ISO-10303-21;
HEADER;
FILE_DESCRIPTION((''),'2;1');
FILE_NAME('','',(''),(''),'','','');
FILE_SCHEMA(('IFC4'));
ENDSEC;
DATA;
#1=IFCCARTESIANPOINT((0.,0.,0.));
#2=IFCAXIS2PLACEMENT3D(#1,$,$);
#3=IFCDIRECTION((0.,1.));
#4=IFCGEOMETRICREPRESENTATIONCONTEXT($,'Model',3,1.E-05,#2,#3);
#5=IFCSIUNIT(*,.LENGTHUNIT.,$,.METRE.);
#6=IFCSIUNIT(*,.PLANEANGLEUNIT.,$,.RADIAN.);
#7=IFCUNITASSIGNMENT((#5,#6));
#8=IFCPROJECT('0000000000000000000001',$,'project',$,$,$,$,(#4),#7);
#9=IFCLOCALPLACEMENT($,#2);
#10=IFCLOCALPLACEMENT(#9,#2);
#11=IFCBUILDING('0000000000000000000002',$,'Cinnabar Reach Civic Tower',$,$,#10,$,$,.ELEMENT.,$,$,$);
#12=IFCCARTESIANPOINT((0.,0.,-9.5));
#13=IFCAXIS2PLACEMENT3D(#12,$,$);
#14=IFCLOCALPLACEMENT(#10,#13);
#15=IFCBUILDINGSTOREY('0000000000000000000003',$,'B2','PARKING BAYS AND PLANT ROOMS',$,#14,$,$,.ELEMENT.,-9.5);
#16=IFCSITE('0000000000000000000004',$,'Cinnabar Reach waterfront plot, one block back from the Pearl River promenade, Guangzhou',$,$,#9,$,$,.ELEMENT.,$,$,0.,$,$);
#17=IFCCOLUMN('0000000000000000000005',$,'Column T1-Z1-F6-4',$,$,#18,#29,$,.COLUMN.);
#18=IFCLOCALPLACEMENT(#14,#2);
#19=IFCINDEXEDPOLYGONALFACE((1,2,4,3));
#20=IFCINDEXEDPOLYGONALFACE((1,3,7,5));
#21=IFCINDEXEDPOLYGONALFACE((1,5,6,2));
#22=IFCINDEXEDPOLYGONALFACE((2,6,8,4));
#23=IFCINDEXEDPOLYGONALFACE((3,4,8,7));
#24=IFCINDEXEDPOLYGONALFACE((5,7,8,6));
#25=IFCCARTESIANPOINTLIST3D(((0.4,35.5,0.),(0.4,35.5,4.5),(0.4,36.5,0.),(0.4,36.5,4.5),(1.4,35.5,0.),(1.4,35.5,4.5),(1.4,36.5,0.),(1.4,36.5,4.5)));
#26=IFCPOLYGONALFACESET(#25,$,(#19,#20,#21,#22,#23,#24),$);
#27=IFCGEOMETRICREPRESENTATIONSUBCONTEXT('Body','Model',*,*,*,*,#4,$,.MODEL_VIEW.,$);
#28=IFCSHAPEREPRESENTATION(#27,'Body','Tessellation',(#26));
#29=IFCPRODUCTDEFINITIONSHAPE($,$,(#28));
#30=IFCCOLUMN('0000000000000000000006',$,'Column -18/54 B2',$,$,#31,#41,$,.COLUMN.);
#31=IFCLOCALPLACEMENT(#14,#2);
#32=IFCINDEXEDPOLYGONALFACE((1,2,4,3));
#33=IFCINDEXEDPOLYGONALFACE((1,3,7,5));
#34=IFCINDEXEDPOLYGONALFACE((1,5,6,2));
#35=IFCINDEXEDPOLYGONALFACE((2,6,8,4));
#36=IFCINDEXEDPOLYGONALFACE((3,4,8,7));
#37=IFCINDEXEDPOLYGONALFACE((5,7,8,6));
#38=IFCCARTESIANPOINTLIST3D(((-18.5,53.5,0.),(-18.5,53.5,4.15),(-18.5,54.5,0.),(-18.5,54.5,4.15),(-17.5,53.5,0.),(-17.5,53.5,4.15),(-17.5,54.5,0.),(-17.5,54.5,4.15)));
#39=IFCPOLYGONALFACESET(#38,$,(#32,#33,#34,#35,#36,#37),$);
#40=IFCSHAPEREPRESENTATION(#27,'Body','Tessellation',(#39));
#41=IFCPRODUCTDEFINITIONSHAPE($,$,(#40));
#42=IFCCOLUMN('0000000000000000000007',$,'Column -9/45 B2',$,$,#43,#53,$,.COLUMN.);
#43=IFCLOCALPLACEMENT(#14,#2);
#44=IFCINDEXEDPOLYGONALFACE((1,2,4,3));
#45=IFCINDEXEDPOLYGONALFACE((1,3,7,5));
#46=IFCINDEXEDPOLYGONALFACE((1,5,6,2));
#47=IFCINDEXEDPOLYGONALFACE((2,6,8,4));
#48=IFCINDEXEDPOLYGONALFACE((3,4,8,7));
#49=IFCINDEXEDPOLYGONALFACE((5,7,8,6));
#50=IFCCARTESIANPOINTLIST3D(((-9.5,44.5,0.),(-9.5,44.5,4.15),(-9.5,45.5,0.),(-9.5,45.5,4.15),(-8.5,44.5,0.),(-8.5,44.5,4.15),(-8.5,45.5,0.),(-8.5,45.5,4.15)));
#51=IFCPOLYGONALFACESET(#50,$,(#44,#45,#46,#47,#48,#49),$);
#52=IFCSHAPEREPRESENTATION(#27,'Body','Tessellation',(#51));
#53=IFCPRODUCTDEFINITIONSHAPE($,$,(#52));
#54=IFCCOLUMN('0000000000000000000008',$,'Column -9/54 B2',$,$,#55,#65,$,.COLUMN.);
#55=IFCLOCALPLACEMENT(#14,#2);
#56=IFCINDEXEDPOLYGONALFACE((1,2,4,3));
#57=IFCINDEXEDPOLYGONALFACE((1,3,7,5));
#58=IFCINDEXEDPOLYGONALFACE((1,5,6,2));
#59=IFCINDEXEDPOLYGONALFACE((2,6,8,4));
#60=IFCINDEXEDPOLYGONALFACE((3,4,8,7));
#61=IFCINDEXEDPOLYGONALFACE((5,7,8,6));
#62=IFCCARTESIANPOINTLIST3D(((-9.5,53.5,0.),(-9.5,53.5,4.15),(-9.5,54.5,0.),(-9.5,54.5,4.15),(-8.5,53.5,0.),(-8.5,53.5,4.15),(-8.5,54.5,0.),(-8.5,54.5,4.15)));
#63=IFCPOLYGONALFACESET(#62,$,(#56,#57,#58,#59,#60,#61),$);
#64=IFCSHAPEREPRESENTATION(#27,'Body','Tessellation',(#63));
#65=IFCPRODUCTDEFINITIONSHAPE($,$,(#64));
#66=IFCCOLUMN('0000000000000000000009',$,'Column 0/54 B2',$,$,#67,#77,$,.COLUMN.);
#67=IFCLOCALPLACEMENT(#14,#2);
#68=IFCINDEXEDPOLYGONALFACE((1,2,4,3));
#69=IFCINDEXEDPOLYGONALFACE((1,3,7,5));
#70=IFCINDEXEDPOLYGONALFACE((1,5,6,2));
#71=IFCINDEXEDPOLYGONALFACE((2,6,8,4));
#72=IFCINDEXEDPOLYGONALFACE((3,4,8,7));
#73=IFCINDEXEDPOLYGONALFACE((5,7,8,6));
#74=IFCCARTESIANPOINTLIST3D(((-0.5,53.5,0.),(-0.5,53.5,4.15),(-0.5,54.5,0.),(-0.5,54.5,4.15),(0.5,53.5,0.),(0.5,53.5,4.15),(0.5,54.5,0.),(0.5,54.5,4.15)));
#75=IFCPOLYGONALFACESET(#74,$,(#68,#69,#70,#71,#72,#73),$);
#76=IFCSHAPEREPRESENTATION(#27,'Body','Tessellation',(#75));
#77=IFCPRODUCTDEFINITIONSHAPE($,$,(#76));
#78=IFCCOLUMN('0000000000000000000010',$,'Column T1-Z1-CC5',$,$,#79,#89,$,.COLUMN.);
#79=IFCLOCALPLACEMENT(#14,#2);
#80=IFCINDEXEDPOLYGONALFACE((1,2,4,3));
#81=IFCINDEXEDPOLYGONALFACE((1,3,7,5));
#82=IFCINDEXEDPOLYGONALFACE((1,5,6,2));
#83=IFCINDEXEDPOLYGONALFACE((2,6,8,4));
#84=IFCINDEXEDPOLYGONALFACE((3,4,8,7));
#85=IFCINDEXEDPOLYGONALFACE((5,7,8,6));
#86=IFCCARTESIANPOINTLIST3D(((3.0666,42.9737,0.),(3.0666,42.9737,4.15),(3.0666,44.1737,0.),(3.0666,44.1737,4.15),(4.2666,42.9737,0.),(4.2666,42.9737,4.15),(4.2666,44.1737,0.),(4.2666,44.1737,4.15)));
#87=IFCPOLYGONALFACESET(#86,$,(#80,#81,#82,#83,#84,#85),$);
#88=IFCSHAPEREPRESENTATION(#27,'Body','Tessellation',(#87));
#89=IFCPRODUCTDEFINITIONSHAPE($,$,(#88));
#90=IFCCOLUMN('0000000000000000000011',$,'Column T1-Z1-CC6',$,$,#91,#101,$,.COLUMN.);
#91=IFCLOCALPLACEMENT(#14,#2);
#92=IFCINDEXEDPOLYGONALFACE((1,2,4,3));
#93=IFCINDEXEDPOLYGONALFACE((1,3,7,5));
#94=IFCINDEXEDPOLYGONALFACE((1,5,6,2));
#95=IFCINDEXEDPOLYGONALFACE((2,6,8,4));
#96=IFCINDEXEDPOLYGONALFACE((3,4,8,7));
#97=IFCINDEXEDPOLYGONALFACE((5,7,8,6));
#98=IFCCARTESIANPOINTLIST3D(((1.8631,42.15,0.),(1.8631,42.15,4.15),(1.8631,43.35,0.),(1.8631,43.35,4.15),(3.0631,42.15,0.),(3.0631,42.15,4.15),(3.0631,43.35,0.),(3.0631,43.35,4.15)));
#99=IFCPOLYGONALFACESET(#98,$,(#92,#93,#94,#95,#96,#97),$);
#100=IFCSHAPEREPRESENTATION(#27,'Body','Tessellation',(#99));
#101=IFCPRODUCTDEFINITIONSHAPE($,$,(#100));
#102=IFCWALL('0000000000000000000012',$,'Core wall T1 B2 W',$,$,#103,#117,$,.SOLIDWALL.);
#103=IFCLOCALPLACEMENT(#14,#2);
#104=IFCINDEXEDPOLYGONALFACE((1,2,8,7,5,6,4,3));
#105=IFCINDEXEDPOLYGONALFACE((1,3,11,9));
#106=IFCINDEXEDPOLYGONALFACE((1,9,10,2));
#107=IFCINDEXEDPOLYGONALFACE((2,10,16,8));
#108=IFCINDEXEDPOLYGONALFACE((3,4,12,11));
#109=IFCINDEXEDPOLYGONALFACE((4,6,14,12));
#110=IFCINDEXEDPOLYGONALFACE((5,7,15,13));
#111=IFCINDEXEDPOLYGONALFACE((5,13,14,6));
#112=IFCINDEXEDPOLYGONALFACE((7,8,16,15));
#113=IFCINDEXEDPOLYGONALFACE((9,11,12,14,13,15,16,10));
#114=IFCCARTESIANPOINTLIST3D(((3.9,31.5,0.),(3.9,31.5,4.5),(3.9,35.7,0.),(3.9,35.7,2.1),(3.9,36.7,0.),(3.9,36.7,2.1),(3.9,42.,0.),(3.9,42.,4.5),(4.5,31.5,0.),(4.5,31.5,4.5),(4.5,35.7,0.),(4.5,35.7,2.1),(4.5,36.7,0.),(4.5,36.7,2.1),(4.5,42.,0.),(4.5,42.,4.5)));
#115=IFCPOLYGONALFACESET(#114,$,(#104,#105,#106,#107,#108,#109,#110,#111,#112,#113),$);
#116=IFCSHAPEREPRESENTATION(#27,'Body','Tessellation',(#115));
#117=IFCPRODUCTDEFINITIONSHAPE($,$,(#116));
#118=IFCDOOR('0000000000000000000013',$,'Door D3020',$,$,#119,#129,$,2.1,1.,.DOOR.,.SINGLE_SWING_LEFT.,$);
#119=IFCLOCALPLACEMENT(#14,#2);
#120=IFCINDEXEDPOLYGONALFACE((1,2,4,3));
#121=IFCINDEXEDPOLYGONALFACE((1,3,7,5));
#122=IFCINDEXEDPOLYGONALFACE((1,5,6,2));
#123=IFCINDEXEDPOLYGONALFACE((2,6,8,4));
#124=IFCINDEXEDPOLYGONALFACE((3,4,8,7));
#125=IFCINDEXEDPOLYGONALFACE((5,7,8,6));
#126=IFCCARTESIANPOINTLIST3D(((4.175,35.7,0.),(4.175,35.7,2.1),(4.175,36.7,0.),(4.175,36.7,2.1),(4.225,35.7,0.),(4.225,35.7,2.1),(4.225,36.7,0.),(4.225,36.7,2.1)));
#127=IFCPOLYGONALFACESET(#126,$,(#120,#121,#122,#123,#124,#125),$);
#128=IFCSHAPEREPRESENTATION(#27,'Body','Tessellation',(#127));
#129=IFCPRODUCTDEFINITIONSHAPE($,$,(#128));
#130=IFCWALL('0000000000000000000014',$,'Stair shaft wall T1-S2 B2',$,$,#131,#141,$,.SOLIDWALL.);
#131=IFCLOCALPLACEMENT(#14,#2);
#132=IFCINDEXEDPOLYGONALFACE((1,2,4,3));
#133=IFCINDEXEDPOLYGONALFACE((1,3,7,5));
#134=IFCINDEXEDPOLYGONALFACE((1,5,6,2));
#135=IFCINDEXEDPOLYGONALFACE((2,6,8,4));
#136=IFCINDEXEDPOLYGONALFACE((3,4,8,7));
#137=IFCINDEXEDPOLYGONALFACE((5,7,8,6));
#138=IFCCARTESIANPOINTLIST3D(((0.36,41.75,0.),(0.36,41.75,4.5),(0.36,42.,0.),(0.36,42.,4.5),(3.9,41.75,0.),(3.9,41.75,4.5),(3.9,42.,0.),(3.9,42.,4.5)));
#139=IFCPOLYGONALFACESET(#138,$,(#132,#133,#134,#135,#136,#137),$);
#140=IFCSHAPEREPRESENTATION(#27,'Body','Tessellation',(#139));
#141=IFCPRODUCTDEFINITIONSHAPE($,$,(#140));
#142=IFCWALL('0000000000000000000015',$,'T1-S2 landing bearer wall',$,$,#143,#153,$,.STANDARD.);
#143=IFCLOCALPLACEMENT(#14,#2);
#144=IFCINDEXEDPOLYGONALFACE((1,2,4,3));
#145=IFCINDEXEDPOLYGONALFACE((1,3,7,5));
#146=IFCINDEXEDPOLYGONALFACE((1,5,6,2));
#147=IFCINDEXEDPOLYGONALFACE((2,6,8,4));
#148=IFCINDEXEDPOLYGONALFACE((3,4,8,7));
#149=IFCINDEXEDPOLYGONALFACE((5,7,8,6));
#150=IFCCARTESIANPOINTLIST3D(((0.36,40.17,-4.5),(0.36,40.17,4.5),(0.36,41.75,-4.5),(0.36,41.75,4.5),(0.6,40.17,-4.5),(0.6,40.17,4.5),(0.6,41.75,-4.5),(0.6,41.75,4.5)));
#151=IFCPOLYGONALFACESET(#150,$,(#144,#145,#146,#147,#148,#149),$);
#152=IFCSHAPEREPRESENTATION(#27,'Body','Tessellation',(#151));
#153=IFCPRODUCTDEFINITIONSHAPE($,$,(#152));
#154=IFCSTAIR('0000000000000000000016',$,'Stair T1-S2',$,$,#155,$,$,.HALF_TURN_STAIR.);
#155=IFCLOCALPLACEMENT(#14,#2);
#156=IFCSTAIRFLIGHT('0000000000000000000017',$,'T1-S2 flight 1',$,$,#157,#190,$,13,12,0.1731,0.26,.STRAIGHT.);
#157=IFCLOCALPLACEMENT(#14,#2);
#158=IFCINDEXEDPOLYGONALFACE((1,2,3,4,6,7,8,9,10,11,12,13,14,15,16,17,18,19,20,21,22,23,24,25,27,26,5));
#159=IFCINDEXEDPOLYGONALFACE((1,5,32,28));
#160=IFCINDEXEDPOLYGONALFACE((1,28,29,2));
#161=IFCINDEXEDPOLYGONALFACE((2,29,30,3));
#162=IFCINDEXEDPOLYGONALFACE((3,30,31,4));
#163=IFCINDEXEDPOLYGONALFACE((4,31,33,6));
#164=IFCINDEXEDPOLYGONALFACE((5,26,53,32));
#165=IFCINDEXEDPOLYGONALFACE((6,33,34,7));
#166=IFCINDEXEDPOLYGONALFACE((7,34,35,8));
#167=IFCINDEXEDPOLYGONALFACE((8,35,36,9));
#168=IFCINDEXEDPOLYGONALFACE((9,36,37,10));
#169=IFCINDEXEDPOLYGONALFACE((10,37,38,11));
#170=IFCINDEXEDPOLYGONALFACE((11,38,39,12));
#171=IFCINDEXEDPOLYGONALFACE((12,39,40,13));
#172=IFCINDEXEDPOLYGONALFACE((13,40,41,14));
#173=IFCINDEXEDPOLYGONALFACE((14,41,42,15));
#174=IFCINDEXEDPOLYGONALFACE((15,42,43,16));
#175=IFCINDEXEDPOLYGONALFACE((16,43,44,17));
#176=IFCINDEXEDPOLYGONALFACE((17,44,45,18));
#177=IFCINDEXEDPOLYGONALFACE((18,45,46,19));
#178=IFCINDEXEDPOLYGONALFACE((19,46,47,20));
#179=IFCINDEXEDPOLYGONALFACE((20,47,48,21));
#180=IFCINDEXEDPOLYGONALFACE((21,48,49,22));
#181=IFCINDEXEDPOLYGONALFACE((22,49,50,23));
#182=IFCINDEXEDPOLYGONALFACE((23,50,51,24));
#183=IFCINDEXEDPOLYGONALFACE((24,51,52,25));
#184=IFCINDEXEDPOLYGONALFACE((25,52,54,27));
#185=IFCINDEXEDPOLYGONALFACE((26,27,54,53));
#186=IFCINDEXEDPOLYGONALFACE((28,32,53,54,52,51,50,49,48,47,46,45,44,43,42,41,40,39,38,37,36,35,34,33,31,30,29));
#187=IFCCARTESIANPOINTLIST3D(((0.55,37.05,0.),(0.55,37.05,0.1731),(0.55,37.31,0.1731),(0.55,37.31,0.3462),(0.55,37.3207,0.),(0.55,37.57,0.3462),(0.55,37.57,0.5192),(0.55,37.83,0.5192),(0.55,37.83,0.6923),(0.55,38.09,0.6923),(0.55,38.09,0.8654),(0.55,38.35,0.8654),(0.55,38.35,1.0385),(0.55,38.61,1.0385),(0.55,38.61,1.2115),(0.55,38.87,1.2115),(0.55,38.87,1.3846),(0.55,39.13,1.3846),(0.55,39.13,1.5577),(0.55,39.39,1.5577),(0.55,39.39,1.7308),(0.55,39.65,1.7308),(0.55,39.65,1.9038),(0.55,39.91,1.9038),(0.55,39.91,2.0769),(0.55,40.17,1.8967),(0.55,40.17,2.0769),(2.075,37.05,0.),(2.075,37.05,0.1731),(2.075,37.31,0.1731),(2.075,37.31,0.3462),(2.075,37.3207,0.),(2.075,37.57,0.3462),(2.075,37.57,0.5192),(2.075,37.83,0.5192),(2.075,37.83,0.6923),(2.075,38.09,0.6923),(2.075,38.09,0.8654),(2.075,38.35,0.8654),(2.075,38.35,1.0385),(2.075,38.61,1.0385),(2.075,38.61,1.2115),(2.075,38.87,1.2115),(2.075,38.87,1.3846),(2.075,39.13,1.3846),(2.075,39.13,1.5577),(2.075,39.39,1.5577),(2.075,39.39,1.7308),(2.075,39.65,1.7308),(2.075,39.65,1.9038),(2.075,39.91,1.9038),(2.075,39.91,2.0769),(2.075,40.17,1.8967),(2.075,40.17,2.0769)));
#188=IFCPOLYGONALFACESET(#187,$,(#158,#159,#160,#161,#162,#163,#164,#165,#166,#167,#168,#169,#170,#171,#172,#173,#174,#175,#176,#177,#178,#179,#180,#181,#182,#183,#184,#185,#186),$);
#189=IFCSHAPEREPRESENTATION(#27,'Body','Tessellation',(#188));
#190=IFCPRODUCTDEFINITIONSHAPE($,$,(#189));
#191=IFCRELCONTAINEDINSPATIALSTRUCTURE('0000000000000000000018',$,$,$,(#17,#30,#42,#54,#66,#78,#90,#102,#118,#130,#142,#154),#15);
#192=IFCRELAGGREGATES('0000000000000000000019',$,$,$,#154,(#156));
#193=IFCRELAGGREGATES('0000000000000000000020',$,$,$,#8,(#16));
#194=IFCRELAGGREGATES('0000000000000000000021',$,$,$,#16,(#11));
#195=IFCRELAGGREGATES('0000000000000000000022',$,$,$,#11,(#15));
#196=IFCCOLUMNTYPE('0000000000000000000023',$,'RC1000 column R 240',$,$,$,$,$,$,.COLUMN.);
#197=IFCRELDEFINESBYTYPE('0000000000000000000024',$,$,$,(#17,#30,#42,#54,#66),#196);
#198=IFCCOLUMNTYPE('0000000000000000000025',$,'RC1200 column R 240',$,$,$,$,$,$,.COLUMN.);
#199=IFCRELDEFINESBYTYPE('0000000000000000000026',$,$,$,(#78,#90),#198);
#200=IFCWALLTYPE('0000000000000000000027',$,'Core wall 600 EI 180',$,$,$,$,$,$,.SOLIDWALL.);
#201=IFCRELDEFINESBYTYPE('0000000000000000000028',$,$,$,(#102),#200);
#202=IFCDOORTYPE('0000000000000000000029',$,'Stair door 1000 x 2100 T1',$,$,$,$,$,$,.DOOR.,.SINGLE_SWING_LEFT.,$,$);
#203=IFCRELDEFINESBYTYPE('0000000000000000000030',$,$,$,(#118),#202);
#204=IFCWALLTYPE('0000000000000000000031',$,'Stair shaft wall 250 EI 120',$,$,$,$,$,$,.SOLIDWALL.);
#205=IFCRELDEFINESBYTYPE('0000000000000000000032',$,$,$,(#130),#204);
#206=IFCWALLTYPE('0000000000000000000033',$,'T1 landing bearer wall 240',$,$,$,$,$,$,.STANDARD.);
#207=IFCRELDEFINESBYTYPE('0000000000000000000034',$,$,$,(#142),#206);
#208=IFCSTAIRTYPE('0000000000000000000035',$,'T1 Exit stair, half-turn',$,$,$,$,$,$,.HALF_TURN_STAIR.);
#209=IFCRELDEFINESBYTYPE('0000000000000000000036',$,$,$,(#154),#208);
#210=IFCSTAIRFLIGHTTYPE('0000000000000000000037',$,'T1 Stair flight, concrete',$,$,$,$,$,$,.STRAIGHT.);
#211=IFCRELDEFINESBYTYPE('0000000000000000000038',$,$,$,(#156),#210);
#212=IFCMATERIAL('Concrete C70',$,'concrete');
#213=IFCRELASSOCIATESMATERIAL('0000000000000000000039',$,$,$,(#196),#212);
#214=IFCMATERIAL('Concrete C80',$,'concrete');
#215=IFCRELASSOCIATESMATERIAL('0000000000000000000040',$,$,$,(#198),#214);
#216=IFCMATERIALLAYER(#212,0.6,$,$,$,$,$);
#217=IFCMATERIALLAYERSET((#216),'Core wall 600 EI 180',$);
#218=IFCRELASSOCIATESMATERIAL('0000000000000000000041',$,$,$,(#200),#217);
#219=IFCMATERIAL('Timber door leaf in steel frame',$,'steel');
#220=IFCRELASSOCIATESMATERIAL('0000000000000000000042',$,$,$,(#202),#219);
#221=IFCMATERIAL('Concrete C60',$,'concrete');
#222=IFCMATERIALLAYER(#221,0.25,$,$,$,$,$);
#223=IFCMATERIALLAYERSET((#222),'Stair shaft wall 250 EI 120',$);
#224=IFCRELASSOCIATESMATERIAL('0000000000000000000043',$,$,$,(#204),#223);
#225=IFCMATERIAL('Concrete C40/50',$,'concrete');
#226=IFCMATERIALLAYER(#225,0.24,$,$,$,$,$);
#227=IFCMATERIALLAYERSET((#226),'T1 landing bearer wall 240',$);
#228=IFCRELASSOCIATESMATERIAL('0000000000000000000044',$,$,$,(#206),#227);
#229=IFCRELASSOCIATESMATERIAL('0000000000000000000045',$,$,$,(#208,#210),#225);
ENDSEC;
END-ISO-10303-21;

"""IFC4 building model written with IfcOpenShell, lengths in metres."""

from ifc_helpers import new_model, si_unit, direction, frame, frame_2d, origin, origin_2d, place, context, subcontext, project, spatial, polyline, rectangle, outline, extrude, material, layer, layer_set, material_profile, profile_set, type_object, element, fill, aggregate, save


model = new_model("IFC4")

# Units and contexts
model_context = context("Model", 3, precision=1e-05, world=origin(), true_north=direction((0.0, 1.0)))
body_context = subcontext(model_context, "Body", "Model", "MODEL_VIEW")
ifc_project = project(units=[si_unit("LENGTHUNIT", "METRE"), si_unit("PLANEANGLEUNIT", "RADIAN")], contexts=[model_context])

# Site, building, storey
site_placement = place(None, origin())
site = spatial("IfcSite", under=ifc_project, at=site_placement, Name="Cinnabar Reach waterfront plot, one block back from the Pearl River promenade, Guangzhou", CompositionType="ELEMENT", RefElevation=0.0)
building_placement = place(site_placement, origin())
building = spatial("IfcBuilding", under=site, at=building_placement, Name="Cinnabar Reach Civic Tower", CompositionType="ELEMENT")
storey_placement = place(building_placement, frame((0.0, 0.0, -9.5)))
storey = spatial("IfcBuildingStorey", under=building, at=storey_placement, Name="B2", Description="PARKING BAYS AND PLANT ROOMS", CompositionType="ELEMENT", Elevation=-9.5)

# Columns
ifc_material_1 = material(Name="Concrete C70", Category="concrete")
ifc_material_profile_1 = material_profile(ifc_material_1, rectangle(XDim=1.0, YDim=1.0, at=origin_2d()), Name="RC1000")
ifc_profile_set_1 = profile_set([ifc_material_profile_1], Name="Concrete C70")
column_type_1 = type_object("IfcColumnType", Name="RC1000 column R 240", PredefinedType="COLUMN", material=ifc_profile_set_1)
column_placement = place(storey_placement, frame((0.9, 36.0, 0.0), z_axis=(0.0, 0.0, 1.0), x_axis=(1.0, 0.0, 0.0)))
element("IfcColumn", 1, at=column_placement, inside=storey, type_object=column_type_1, Name="Column T1-Z1-F6-4", PredefinedType="COLUMN", context=body_context, shape_type="SweptSolid", body=[
    extrude(rectangle(XDim=1.0, YDim=1.0, at=origin_2d()), origin(), (0.0, 0.0, 1.0), 4.5),
])
for number, where, z_axis, x_axis, name in (
    (2, (-18.0, 54.0, 0.0), (0.0, 0.0, 1.0), (1.0, 0.0, 0.0), "Column -18/54 B2"),
    (3, (-9.0, 45.0, 0.0), (0.0, 0.0, 1.0), (1.0, 0.0, 0.0), "Column -9/45 B2"),
    (4, (-9.0, 54.0, 0.0), (0.0, 0.0, 1.0), (1.0, 0.0, 0.0), "Column -9/54 B2"),
    (5, (0.0, 54.0, 0.0), (0.0, 0.0, 1.0), (1.0, 0.0, 0.0), "Column 0/54 B2"),
):
    element("IfcColumn", number, at=place(storey_placement, frame(where, z_axis=z_axis, x_axis=x_axis)), inside=storey, type_object=column_type_1, Name=name, PredefinedType="COLUMN", context=body_context, shape_type="SweptSolid", body=[
        extrude(rectangle(XDim=1.0, YDim=1.0, at=origin_2d()), origin(), (0.0, 0.0, 1.0), 4.15),
    ])
ifc_material_2 = material(Name="Concrete C80", Category="concrete")
ifc_material_profile_2 = material_profile(ifc_material_2, rectangle(XDim=1.2, YDim=1.2, at=origin_2d()), Name="RC1200")
ifc_profile_set_2 = profile_set([ifc_material_profile_2], Name="Concrete C80")
column_type_2 = type_object("IfcColumnType", Name="RC1200 column R 240", PredefinedType="COLUMN", material=ifc_profile_set_2)
for number, where, z_axis, x_axis, name in (
    (6, (3.6666, 43.5737, 0.0), (0.0, 0.0, 1.0), (1.0, 0.0, 0.0), "Column T1-Z1-CC5"),
    (7, (2.4631, 42.75, 0.0), (0.0, 0.0, 1.0), (1.0, 0.0, 0.0), "Column T1-Z1-CC6"),
):
    element("IfcColumn", number, at=place(storey_placement, frame(where, z_axis=z_axis, x_axis=x_axis)), inside=storey, type_object=column_type_2, Name=name, PredefinedType="COLUMN", context=body_context, shape_type="SweptSolid", body=[
        extrude(rectangle(XDim=1.2, YDim=1.2, at=origin_2d()), origin(), (0.0, 0.0, 1.0), 4.15),
    ])

# Wall, opening, door
ifc_layer_1 = layer(ifc_material_1, 0.6)
ifc_layer_set_1 = layer_set([ifc_layer_1], Name="Core wall 600 EI 180")
wall_type_1 = type_object("IfcWallType", Name="Core wall 600 EI 180", PredefinedType="SOLIDWALL", material=ifc_layer_set_1)
wall_1_placement = place(storey_placement, frame((4.2, 42.0, 0.0), z_axis=(0.0, 0.0, 1.0), x_axis=(0.0, -1.0, 0.0)))
wall_1 = element("IfcWall", 8, at=wall_1_placement, inside=storey, type_object=wall_type_1, Name="Core wall T1 B2 W", PredefinedType="SOLIDWALL", context=body_context, shape_type="SweptSolid", body=[
    extrude(rectangle(XDim=10.5, YDim=0.6, at=frame_2d((5.25, 0.0))), origin(), (0.0, 0.0, 1.0), 4.5),
])
opening_placement = place(wall_1_placement, frame((5.3, 0.0, 0.0)))
opening = element("IfcOpeningElement", 9, at=opening_placement, cuts=wall_1, PredefinedType="OPENING", context=body_context, shape_type="SweptSolid", body=[
    extrude(rectangle(XDim=1.0, YDim=2.1, at=frame_2d((0.5, 1.05))), frame((0.0, 0.31, 0.0), z_axis=(0.0, -1.0, 0.0), x_axis=(1.0, 0.0, 0.0)), (0.0, 0.0, 1.0), 0.62),
])
ifc_material_3 = material(Name="Timber door leaf in steel frame", Category="steel")
door_type = type_object("IfcDoorType", Name="Stair door 1000 x 2100 T1", OperationType="SINGLE_SWING_LEFT", PredefinedType="DOOR", material=ifc_material_3)
door_placement = place(opening_placement, frame((1.0, 0.0, 0.0), z_axis=(0.0, 0.0, 1.0), x_axis=(-1.0, 0.0, 0.0)))
door = element("IfcDoor", 10, at=door_placement, inside=storey, type_object=door_type, Name="Door D3020", OperationType="SINGLE_SWING_LEFT", OverallHeight=2.1, OverallWidth=1.0, PredefinedType="DOOR", context=body_context, shape_type="SweptSolid", body=[
    extrude(rectangle(XDim=1.0, YDim=2.1, at=frame_2d((0.5, 1.05))), frame((0.0, 0.025, 0.0), z_axis=(0.0, -1.0, 0.0), x_axis=(1.0, 0.0, 0.0)), (0.0, 0.0, 1.0), 0.05),
])
fill(opening, door)

# Walls
ifc_material_4 = material(Name="Concrete C60", Category="concrete")
ifc_layer_2 = layer(ifc_material_4, 0.25)
ifc_layer_set_2 = layer_set([ifc_layer_2], Name="Stair shaft wall 250 EI 120")
wall_type_2 = type_object("IfcWallType", Name="Stair shaft wall 250 EI 120", PredefinedType="SOLIDWALL", material=ifc_layer_set_2)
wall_2_placement = place(storey_placement, frame((3.9, 41.875, 0.0), z_axis=(0.0, 0.0, 1.0), x_axis=(-1.0, 0.0, 0.0)))
element("IfcWall", 11, at=wall_2_placement, inside=storey, type_object=wall_type_2, Name="Stair shaft wall T1-S2 B2", PredefinedType="SOLIDWALL", context=body_context, shape_type="SweptSolid", body=[
    extrude(rectangle(XDim=3.54, YDim=0.25, at=frame_2d((1.77, 0.0))), origin(), (0.0, 0.0, 1.0), 4.5),
])
ifc_material_5 = material(Name="Concrete C40/50", Category="concrete")
ifc_layer_3 = layer(ifc_material_5, 0.24)
ifc_layer_set_3 = layer_set([ifc_layer_3], Name="T1 landing bearer wall 240")
wall_type_3 = type_object("IfcWallType", Name="T1 landing bearer wall 240", PredefinedType="STANDARD", material=ifc_layer_set_3)
wall_3_placement = place(storey_placement, frame((0.48, 40.17, -4.5), z_axis=(0.0, 0.0, 1.0), x_axis=(0.0, 1.0, 0.0)))
element("IfcWall", 12, at=wall_3_placement, inside=storey, type_object=wall_type_3, Name="T1-S2 landing bearer wall", PredefinedType="STANDARD", context=body_context, shape_type="SweptSolid", body=[
    extrude(rectangle(XDim=1.58, YDim=0.24, at=frame_2d((0.79, 0.0))), origin(), (0.0, 0.0, 1.0), 9.0),
])

# Stair, stair flight
stair_type = type_object("IfcStairType", Name="T1 Exit stair, half-turn", PredefinedType="HALF_TURN_STAIR", material=ifc_material_5)
stair_placement = place(storey_placement, origin())
stair = element("IfcStair", 13, at=stair_placement, inside=storey, type_object=stair_type, Name="Stair T1-S2", PredefinedType="HALF_TURN_STAIR")
stair_flight_type = type_object("IfcStairFlightType", Name="T1 Stair flight, concrete", PredefinedType="STRAIGHT", material=ifc_material_5)
stair_flight_1_placement = place(storey_placement, frame((1.3125, 37.05, 0.0), z_axis=(0.0, 0.0, 1.0), x_axis=(0.0, 1.0, 0.0)))
stair_flight_1 = element("IfcStairFlight", 14, at=stair_flight_1_placement, type_object=stair_flight_type, Name="T1-S2 flight 1", NumberOfRisers=13, NumberOfTreads=12, PredefinedType="STRAIGHT", RiserHeight=0.1731, TreadLength=0.26, context=body_context, shape_type="SweptSolid", body=[
    extrude(outline(polyline([(0.0, 0.0), (0.0, 0.1731), (0.26, 0.1731), (0.26, 0.3462), (0.52, 0.3462), (0.52, 0.5192), (0.78, 0.5192), (0.78, 0.6923), (1.04, 0.6923), (1.04, 0.8654), (1.3, 0.8654), (1.3, 1.0385), (1.56, 1.0385), (1.56, 1.2115), (1.82, 1.2115), (1.82, 1.3846), (2.08, 1.3846), (2.08, 1.5577), (2.34, 1.5577), (2.34, 1.7308), (2.6, 1.7308), (2.6, 1.9038), (2.86, 1.9038), (2.86, 2.0769), (3.12, 2.0769), (3.12, 2.25), (3.12, 1.8967), (0.2707, 0.0), (0.0, 0.0)])), frame((0.0, 0.7625, 0.0), z_axis=(0.0, -1.0, 0.0), x_axis=(1.0, 0.0, 0.0)), (0.0, 0.0, 1.0), 1.525),
])
aggregate(stair, [stair_flight_1])

save(model, "model.ifc")
